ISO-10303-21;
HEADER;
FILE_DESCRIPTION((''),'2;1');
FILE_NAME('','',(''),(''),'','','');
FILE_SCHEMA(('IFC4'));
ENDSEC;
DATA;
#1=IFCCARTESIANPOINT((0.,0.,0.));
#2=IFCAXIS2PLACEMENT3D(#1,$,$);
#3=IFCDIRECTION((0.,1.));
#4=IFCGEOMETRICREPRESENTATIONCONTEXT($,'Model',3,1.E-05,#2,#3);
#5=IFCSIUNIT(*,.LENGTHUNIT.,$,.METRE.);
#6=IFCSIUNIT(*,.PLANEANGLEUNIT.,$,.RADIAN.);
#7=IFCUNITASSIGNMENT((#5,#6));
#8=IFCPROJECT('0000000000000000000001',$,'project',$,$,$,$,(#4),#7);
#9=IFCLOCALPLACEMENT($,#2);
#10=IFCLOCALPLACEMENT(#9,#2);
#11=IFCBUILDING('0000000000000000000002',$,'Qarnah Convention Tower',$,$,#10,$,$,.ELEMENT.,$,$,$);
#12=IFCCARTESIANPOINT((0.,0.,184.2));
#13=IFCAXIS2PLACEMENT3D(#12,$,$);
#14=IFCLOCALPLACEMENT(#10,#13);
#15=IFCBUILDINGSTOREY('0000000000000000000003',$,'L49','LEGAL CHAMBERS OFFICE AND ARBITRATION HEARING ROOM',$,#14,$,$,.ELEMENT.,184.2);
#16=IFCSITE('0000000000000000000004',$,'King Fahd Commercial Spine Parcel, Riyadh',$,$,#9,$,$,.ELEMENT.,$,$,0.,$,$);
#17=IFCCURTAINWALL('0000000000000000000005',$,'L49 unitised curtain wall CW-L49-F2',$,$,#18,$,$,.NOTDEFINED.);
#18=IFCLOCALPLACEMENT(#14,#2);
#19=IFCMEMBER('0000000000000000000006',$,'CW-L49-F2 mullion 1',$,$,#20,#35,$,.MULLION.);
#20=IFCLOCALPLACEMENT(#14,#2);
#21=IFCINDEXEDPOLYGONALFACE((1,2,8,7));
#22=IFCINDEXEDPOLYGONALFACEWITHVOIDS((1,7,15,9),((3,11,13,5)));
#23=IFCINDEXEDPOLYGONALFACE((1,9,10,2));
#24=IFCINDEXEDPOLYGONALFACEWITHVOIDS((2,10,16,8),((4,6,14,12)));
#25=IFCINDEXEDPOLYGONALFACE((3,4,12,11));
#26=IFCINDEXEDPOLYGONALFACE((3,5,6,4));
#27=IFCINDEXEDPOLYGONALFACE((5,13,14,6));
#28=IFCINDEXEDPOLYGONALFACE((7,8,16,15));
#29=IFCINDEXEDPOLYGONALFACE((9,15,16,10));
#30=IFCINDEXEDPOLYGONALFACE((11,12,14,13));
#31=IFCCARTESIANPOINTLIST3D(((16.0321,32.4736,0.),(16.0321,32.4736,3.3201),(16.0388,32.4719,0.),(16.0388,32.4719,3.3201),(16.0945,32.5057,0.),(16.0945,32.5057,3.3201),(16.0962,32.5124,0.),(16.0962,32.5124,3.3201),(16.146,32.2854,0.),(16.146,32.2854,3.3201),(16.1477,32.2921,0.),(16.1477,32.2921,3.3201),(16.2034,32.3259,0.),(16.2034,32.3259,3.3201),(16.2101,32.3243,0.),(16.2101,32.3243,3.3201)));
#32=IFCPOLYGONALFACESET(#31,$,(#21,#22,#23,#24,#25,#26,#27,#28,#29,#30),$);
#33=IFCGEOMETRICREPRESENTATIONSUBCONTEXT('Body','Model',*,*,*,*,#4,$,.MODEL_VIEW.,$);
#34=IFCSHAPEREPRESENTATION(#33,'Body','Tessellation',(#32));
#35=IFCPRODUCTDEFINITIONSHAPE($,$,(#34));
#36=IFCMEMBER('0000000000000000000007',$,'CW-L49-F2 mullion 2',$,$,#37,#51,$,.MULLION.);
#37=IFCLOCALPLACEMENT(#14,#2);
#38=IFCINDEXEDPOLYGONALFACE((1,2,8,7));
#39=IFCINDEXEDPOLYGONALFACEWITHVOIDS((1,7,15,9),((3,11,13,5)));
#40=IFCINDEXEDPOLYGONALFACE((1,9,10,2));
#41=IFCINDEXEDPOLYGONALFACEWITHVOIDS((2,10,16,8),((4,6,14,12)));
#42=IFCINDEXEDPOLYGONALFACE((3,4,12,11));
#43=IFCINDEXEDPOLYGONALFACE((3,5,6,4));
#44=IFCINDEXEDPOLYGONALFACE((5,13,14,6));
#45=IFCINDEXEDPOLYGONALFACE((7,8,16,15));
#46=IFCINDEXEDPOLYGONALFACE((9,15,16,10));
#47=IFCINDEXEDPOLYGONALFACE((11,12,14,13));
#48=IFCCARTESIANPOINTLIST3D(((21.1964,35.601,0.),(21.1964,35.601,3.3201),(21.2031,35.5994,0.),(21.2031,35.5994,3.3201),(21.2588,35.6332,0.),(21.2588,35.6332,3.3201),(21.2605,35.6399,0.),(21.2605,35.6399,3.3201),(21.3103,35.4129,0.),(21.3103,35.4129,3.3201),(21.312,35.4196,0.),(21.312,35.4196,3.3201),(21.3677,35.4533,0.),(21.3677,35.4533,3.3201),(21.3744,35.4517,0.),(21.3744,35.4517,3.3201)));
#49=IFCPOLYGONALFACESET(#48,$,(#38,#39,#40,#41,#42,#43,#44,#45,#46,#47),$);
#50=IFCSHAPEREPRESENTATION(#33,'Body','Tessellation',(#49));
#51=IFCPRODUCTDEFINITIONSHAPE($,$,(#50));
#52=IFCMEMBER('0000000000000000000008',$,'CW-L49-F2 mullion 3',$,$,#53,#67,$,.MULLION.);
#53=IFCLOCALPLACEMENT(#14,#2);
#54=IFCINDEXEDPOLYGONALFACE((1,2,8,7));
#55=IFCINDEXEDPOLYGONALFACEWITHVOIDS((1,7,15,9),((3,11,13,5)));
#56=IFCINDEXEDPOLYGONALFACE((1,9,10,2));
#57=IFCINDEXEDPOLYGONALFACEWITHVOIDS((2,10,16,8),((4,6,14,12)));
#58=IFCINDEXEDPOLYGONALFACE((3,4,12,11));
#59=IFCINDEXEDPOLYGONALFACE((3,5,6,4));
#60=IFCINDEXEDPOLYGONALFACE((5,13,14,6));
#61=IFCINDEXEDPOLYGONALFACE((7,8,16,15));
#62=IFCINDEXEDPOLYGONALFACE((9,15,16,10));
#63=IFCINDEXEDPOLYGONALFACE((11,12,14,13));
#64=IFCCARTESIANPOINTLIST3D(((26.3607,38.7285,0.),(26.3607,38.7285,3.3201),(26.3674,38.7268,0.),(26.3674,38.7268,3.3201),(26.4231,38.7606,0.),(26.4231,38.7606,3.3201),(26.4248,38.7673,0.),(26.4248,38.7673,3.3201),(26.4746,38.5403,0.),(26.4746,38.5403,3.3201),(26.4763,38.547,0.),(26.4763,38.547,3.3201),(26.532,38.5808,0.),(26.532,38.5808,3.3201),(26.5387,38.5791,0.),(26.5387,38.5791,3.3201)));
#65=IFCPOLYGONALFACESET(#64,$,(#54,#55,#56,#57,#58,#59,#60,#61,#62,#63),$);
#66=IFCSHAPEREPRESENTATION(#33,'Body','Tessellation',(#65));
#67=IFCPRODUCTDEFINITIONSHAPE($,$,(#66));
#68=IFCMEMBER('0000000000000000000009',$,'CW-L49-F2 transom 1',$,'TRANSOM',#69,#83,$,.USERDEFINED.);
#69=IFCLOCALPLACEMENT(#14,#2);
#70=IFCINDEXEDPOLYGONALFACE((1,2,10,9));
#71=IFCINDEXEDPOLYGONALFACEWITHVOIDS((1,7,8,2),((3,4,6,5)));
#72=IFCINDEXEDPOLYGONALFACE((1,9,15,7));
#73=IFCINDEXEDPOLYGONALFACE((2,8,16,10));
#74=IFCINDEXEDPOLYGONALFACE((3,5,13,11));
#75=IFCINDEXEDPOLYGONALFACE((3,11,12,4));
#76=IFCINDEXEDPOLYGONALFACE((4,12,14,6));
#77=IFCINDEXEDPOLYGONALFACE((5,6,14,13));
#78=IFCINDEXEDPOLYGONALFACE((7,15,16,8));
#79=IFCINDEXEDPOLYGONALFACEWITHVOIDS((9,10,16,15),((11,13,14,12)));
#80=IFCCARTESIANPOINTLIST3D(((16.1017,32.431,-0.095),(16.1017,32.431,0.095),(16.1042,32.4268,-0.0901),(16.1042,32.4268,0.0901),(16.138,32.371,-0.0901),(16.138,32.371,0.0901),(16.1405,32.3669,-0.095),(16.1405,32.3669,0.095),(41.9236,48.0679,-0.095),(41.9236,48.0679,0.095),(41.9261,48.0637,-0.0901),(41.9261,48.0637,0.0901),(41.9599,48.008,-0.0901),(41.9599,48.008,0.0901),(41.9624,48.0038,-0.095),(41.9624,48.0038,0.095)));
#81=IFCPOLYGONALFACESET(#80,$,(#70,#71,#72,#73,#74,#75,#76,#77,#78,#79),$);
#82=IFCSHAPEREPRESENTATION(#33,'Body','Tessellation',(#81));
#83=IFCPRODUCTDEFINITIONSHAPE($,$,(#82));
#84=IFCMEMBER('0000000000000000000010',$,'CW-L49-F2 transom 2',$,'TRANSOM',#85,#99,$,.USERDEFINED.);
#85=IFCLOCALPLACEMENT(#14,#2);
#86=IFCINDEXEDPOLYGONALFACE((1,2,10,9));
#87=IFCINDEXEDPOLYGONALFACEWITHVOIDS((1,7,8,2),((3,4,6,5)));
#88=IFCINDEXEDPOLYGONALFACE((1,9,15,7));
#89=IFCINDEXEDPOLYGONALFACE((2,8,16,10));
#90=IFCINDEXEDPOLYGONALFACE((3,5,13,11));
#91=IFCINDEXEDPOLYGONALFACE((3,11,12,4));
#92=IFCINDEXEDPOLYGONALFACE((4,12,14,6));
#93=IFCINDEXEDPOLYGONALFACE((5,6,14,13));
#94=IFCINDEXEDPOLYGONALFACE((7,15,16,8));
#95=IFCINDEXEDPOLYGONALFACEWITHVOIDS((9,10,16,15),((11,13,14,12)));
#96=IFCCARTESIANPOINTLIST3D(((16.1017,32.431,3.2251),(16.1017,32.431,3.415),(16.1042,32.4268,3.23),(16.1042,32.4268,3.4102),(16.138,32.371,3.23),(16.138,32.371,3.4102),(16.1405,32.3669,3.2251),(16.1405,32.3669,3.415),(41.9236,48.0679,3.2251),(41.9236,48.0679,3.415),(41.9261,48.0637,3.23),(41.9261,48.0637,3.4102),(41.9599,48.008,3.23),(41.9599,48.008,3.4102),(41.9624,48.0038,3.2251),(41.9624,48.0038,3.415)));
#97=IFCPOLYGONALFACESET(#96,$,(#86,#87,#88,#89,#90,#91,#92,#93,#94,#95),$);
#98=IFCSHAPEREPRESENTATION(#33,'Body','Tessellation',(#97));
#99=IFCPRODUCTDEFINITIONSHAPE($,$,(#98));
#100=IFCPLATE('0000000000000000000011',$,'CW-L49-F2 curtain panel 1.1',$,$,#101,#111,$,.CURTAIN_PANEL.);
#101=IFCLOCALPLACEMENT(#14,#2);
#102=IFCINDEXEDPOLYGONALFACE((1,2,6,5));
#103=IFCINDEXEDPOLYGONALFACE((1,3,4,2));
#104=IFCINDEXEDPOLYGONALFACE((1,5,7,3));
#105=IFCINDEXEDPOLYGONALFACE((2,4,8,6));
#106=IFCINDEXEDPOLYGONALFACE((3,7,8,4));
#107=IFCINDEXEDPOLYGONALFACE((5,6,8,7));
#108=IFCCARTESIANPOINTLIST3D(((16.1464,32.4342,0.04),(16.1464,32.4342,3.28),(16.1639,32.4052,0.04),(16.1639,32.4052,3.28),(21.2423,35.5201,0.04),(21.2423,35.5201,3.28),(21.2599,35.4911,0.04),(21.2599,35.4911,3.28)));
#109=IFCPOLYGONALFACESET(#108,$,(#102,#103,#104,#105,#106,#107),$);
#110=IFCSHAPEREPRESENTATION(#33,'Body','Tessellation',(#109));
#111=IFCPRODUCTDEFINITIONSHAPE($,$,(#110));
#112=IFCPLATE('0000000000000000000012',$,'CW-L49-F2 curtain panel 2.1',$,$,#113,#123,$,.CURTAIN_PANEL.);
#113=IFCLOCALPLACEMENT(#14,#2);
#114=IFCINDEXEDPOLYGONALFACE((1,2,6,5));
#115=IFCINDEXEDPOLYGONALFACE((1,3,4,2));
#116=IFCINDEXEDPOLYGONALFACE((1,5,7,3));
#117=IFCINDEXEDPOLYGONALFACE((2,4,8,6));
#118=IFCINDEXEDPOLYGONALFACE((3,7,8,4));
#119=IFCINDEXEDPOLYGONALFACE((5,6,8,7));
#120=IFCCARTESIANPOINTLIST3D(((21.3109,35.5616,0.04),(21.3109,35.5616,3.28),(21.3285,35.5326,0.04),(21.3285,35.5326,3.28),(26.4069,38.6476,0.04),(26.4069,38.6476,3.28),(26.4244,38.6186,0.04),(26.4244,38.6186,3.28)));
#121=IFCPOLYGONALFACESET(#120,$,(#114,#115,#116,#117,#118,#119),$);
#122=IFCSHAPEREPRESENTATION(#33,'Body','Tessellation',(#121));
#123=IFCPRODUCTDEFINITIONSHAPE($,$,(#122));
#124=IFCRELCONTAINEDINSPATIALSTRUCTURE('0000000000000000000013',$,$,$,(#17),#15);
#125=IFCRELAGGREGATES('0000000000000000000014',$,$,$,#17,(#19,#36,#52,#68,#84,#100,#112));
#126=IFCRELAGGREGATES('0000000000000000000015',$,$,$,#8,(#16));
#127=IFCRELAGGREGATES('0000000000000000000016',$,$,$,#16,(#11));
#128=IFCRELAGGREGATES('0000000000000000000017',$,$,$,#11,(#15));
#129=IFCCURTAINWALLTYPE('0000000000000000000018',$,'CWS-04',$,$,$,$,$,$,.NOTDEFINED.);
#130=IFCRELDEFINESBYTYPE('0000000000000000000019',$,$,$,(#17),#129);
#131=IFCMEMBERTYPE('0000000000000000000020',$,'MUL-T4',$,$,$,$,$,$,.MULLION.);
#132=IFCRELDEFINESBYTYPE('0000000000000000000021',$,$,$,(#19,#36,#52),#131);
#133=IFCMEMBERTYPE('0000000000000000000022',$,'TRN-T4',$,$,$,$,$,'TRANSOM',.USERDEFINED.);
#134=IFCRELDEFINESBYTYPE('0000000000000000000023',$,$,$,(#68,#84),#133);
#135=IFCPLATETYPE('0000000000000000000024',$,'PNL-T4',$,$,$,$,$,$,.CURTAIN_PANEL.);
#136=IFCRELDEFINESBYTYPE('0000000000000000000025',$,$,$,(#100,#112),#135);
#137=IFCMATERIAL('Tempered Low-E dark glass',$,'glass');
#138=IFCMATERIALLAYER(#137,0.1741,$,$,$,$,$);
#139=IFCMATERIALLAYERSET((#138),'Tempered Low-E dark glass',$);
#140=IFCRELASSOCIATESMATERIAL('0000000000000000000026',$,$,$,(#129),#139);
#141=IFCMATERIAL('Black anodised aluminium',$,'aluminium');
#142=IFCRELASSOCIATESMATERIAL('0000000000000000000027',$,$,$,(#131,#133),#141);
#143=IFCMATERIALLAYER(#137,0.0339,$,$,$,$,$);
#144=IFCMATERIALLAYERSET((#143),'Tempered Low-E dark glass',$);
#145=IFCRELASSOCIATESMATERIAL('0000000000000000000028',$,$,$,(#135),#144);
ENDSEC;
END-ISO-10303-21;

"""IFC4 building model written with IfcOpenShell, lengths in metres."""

from ifc_helpers import new_model, si_unit, direction, frame, origin, origin_2d, place, context, subcontext, project, spatial, rectangle, hollow_rectangle, extrude, material, layer, layer_set, material_profile, profile_set, type_object, element, aggregate, save


model = new_model("IFC4")

# Units and contexts
model_context = context("Model", 3, precision=1e-05, world=origin(), true_north=direction((0.0, 1.0)))
body_context = subcontext(model_context, "Body", "Model", "MODEL_VIEW")
ifc_project = project(units=[si_unit("LENGTHUNIT", "METRE"), si_unit("PLANEANGLEUNIT", "RADIAN")], contexts=[model_context])

# Site, building, storey
site_placement = place(None, origin())
site = spatial("IfcSite", under=ifc_project, at=site_placement, Name="King Fahd Commercial Spine Parcel, Riyadh", CompositionType="ELEMENT", RefElevation=0.0)
building_placement = place(site_placement, origin())
building = spatial("IfcBuilding", under=site, at=building_placement, Name="Qarnah Convention Tower", CompositionType="ELEMENT")
storey_placement = place(building_placement, frame((0.0, 0.0, 184.2)))
storey = spatial("IfcBuildingStorey", under=building, at=storey_placement, Name="L49", Description="LEGAL CHAMBERS OFFICE AND ARBITRATION HEARING ROOM", CompositionType="ELEMENT", Elevation=184.2)

# Curtain wall, members, plates
ifc_material_1 = material(Name="Tempered Low-E dark glass", Category="glass")
ifc_layer_1 = layer(ifc_material_1, 0.1741)
ifc_layer_set_1 = layer_set([ifc_layer_1], Name="Tempered Low-E dark glass")
curtain_wall_type = type_object("IfcCurtainWallType", Name="CWS-04", PredefinedType="NOTDEFINED", material=ifc_layer_set_1)
curtain_wall_placement = place(storey_placement, origin())
curtain_wall = element("IfcCurtainWall", 1, at=curtain_wall_placement, inside=storey, type_object=curtain_wall_type, Name="L49 unitised curtain wall CW-L49-F2", PredefinedType="NOTDEFINED")
ifc_material_2 = material(Name="Black anodised aluminium", Category="aluminium")
ifc_material_profile_1 = material_profile(ifc_material_2, hollow_rectangle(XDim=0.075, YDim=0.22, WallThickness=0.0049, at=origin_2d()), Name="MUL-75X220")
ifc_profile_set_1 = profile_set([ifc_material_profile_1], Name="Black anodised aluminium")
member_type_1 = type_object("IfcMemberType", Name="MUL-T4", PredefinedType="MULLION", material=ifc_profile_set_1)
member_1_placement = place(storey_placement, frame((16.1211, 32.3989, 0.0), z_axis=(0.0, 0.0, 1.0), x_axis=(0.855384, 0.517994, 0.0)))
member_1 = element("IfcMember", 2, at=member_1_placement, type_object=member_type_1, Name="CW-L49-F2 mullion 1", PredefinedType="MULLION", context=body_context, shape_type="SweptSolid", body=[
    extrude(hollow_rectangle(XDim=0.075, YDim=0.22, WallThickness=0.0049, at=origin_2d()), origin(), (0.0, 0.0, 1.0), 3.3201),
])
member_2_placement = place(storey_placement, frame((21.2854, 35.5264, 0.0), z_axis=(0.0, 0.0, 1.0), x_axis=(0.855384, 0.517994, 0.0)))
member_2 = element("IfcMember", 3, at=member_2_placement, type_object=member_type_1, Name="CW-L49-F2 mullion 2", PredefinedType="MULLION", context=body_context, shape_type="SweptSolid", body=[
    extrude(hollow_rectangle(XDim=0.075, YDim=0.22, WallThickness=0.0049, at=origin_2d()), origin(), (0.0, 0.0, 1.0), 3.3201),
])
member_3_placement = place(storey_placement, frame((26.4497, 38.6538, 0.0), z_axis=(0.0, 0.0, 1.0), x_axis=(0.855384, 0.517994, 0.0)))
member_3 = element("IfcMember", 4, at=member_3_placement, type_object=member_type_1, Name="CW-L49-F2 mullion 3", PredefinedType="MULLION", context=body_context, shape_type="SweptSolid", body=[
    extrude(hollow_rectangle(XDim=0.075, YDim=0.22, WallThickness=0.0049, at=origin_2d()), origin(), (0.0, 0.0, 1.0), 3.3201),
])
ifc_material_profile_2 = material_profile(ifc_material_2, hollow_rectangle(XDim=0.075, YDim=0.1899, WallThickness=0.0049, at=origin_2d()), Name="TRN-75X190")
ifc_profile_set_2 = profile_set([ifc_material_profile_2], Name="Black anodised aluminium")
member_type_2 = type_object("IfcMemberType", Name="TRN-T4", ElementType="TRANSOM", PredefinedType="USERDEFINED", material=ifc_profile_set_2)
member_4_placement = place(storey_placement, frame((16.1211, 32.3989, 0.0), z_axis=(0.855385, 0.517993, 0.0), x_axis=(-0.517993, 0.855385, 0.0)))
member_4 = element("IfcMember", 5, at=member_4_placement, type_object=member_type_2, Name="CW-L49-F2 transom 1", ObjectType="TRANSOM", PredefinedType="USERDEFINED", context=body_context, shape_type="SweptSolid", body=[
    extrude(hollow_rectangle(XDim=0.075, YDim=0.1899, WallThickness=0.0049, at=origin_2d()), origin(), (0.0, 0.0, 1.0), 30.1875),
])
member_5_placement = place(storey_placement, frame((16.1211, 32.3989, 3.3201), z_axis=(0.855385, 0.517993, 0.0), x_axis=(-0.517993, 0.855385, 0.0)))
member_5 = element("IfcMember", 6, at=member_5_placement, type_object=member_type_2, Name="CW-L49-F2 transom 2", ObjectType="TRANSOM", PredefinedType="USERDEFINED", context=body_context, shape_type="SweptSolid", body=[
    extrude(hollow_rectangle(XDim=0.075, YDim=0.1899, WallThickness=0.0049, at=origin_2d()), origin(), (0.0, 0.0, 1.0), 30.1875),
])
ifc_layer_2 = layer(ifc_material_1, 0.0339)
ifc_layer_set_2 = layer_set([ifc_layer_2], Name="Tempered Low-E dark glass")
plate_type = type_object("IfcPlateType", Name="PNL-T4", PredefinedType="CURTAIN_PANEL", material=ifc_layer_set_2)
plate_1_placement = place(storey_placement, frame((18.7031, 33.9626, 0.04), z_axis=(0.0, 0.0, 1.0), x_axis=(0.855384, 0.517994, 0.0)))
plate_1 = element("IfcPlate", 7, at=plate_1_placement, type_object=plate_type, Name="CW-L49-F2 curtain panel 1.1", PredefinedType="CURTAIN_PANEL", context=body_context, shape_type="SweptSolid", body=[
    extrude(rectangle(XDim=5.9575, YDim=0.0339, at=origin_2d()), origin(), (0.0, 0.0, 1.0), 3.24),
])
plate_2_placement = place(storey_placement, frame((23.8677, 37.0901, 0.04), z_axis=(0.0, 0.0, 1.0), x_axis=(0.855384, 0.517994, 0.0)))
plate_2 = element("IfcPlate", 8, at=plate_2_placement, type_object=plate_type, Name="CW-L49-F2 curtain panel 2.1", PredefinedType="CURTAIN_PANEL", context=body_context, shape_type="SweptSolid", body=[
    extrude(rectangle(XDim=5.9575, YDim=0.0339, at=origin_2d()), origin(), (0.0, 0.0, 1.0), 3.24),
])
aggregate(curtain_wall, [member_1, member_2, member_3, member_4, member_5, plate_1, plate_2])

save(model, "model.ifc")
